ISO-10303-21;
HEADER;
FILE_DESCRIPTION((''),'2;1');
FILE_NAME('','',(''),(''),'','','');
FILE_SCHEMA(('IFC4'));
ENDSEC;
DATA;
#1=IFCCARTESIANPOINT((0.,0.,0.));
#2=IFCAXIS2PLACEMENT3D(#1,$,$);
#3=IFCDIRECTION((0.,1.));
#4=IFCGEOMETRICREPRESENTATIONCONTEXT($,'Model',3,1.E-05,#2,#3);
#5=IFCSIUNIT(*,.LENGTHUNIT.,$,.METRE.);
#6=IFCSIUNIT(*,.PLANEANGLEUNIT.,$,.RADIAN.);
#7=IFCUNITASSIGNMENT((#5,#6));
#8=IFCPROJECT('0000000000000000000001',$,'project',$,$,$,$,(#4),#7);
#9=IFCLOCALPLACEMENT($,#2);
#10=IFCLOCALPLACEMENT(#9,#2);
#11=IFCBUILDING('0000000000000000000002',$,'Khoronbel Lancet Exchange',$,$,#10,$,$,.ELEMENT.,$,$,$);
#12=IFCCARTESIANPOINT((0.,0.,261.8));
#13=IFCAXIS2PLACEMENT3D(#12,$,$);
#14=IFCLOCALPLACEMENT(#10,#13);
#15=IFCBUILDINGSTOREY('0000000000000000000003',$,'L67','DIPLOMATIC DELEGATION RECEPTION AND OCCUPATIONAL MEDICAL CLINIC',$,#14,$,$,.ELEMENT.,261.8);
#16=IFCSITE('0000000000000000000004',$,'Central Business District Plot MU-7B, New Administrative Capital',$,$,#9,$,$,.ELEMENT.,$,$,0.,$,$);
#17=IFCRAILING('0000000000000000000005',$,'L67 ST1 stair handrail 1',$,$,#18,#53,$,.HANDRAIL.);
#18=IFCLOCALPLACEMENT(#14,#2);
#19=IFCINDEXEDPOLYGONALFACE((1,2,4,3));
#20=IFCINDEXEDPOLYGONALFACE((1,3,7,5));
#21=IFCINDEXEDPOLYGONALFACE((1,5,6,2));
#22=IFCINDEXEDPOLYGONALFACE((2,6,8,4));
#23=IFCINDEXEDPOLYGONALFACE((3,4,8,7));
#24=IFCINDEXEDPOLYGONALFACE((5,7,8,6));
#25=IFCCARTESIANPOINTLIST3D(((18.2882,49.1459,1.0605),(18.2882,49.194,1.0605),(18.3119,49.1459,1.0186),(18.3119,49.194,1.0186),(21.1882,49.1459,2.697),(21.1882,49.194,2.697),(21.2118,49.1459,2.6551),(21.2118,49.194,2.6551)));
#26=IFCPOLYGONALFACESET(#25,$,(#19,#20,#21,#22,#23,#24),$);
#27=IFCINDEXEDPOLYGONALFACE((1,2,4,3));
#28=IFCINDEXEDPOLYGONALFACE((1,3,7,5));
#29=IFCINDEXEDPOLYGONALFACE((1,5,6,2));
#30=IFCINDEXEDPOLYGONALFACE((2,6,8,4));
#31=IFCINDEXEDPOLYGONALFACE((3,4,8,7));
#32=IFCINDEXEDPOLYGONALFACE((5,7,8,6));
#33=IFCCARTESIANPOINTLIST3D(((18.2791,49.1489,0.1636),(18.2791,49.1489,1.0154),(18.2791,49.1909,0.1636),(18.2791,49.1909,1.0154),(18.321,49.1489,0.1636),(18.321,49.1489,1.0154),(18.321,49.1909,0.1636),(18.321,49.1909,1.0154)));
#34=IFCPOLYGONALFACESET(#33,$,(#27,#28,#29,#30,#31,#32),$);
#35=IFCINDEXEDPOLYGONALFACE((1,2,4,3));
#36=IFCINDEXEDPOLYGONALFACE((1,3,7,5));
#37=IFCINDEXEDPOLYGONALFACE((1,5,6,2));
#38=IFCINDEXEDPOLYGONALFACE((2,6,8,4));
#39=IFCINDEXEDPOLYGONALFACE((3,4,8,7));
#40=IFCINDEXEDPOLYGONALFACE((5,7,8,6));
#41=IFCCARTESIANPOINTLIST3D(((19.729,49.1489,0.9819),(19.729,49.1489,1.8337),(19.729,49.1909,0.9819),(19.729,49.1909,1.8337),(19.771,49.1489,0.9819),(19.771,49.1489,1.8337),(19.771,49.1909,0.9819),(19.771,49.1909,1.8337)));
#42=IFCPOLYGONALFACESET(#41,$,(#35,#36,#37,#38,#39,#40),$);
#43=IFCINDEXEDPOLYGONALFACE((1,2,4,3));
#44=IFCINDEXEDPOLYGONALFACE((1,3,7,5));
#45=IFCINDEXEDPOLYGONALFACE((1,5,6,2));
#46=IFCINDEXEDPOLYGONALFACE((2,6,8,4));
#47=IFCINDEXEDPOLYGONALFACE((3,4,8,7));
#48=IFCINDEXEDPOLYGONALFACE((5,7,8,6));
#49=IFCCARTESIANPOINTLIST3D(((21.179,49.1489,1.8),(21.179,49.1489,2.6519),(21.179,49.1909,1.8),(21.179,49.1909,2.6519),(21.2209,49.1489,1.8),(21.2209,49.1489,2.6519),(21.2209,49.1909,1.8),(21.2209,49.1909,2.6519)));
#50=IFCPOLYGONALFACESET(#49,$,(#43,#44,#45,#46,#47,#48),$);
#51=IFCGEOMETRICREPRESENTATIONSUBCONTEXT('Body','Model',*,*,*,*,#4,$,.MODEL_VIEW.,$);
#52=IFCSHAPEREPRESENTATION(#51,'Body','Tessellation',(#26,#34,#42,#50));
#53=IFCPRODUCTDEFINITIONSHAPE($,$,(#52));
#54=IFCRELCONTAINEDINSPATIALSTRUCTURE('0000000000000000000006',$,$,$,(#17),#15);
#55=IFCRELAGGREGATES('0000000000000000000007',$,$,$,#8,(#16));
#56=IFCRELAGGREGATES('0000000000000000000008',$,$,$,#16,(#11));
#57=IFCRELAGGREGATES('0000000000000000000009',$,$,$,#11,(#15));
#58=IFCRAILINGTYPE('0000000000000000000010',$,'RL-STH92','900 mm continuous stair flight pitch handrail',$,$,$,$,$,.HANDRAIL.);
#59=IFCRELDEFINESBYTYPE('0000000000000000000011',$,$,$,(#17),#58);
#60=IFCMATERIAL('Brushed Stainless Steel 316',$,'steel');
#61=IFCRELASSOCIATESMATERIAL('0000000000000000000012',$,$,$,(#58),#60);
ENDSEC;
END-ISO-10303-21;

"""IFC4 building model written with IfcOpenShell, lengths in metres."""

from ifc_helpers import new_model, si_unit, direction, frame, origin, origin_2d, place, context, subcontext, project, spatial, rectangle, extrude, material, type_object, element, save


model = new_model("IFC4")

# Units and contexts
model_context = context("Model", 3, precision=1e-05, world=origin(), true_north=direction((0.0, 1.0)))
body_context = subcontext(model_context, "Body", "Model", "MODEL_VIEW")
ifc_project = project(units=[si_unit("LENGTHUNIT", "METRE"), si_unit("PLANEANGLEUNIT", "RADIAN")], contexts=[model_context])

# Site, building, storey
site_placement = place(None, origin())
site = spatial("IfcSite", under=ifc_project, at=site_placement, Name="Central Business District Plot MU-7B, New Administrative Capital", CompositionType="ELEMENT", RefElevation=0.0)
building_placement = place(site_placement, origin())
building = spatial("IfcBuilding", under=site, at=building_placement, Name="Khoronbel Lancet Exchange", CompositionType="ELEMENT")
storey_placement = place(building_placement, frame((0.0, 0.0, 261.8)))
storey = spatial("IfcBuildingStorey", under=building, at=storey_placement, Name="L67", Description="DIPLOMATIC DELEGATION RECEPTION AND OCCUPATIONAL MEDICAL CLINIC", CompositionType="ELEMENT", Elevation=261.8)

# Railing
ifc_material_1 = material(Name="Brushed Stainless Steel 316", Category="steel")
railing_type_1 = type_object("IfcRailingType", Name="RL-STH92", Description="900 mm continuous stair flight pitch handrail", PredefinedType="HANDRAIL", material=ifc_material_1)
railing_1_placement = place(storey_placement, frame((18.3, 49.1699, 0.1636)))
element("IfcRailing", 1, at=railing_1_placement, inside=storey, type_object=railing_type_1, Name="L67 ST1 stair handrail 1", PredefinedType="HANDRAIL", context=body_context, shape_type="SweptSolid", body=[
    extrude(rectangle(XDim=0.0481, YDim=0.0481, at=origin_2d()), frame((0.0, 0.0, 0.876), z_axis=(0.870897, 0.0, 0.491465), x_axis=(0.0, 1.0, 0.0)), (0.0, 0.0, 1.0), 3.3298),
    extrude(rectangle(XDim=0.042, YDim=0.042, at=origin_2d()), origin(), (0.0, 0.0, 1.0), 0.8518),
    extrude(rectangle(XDim=0.042, YDim=0.042, at=origin_2d()), frame((1.45, 0.0, 0.8184)), (0.0, 0.0, 1.0), 0.8518),
    extrude(rectangle(XDim=0.042, YDim=0.042, at=origin_2d()), frame((2.8999, 0.0, 1.6365)), (0.0, 0.0, 1.0), 0.8518),
])

save(model, "model.ifc")
